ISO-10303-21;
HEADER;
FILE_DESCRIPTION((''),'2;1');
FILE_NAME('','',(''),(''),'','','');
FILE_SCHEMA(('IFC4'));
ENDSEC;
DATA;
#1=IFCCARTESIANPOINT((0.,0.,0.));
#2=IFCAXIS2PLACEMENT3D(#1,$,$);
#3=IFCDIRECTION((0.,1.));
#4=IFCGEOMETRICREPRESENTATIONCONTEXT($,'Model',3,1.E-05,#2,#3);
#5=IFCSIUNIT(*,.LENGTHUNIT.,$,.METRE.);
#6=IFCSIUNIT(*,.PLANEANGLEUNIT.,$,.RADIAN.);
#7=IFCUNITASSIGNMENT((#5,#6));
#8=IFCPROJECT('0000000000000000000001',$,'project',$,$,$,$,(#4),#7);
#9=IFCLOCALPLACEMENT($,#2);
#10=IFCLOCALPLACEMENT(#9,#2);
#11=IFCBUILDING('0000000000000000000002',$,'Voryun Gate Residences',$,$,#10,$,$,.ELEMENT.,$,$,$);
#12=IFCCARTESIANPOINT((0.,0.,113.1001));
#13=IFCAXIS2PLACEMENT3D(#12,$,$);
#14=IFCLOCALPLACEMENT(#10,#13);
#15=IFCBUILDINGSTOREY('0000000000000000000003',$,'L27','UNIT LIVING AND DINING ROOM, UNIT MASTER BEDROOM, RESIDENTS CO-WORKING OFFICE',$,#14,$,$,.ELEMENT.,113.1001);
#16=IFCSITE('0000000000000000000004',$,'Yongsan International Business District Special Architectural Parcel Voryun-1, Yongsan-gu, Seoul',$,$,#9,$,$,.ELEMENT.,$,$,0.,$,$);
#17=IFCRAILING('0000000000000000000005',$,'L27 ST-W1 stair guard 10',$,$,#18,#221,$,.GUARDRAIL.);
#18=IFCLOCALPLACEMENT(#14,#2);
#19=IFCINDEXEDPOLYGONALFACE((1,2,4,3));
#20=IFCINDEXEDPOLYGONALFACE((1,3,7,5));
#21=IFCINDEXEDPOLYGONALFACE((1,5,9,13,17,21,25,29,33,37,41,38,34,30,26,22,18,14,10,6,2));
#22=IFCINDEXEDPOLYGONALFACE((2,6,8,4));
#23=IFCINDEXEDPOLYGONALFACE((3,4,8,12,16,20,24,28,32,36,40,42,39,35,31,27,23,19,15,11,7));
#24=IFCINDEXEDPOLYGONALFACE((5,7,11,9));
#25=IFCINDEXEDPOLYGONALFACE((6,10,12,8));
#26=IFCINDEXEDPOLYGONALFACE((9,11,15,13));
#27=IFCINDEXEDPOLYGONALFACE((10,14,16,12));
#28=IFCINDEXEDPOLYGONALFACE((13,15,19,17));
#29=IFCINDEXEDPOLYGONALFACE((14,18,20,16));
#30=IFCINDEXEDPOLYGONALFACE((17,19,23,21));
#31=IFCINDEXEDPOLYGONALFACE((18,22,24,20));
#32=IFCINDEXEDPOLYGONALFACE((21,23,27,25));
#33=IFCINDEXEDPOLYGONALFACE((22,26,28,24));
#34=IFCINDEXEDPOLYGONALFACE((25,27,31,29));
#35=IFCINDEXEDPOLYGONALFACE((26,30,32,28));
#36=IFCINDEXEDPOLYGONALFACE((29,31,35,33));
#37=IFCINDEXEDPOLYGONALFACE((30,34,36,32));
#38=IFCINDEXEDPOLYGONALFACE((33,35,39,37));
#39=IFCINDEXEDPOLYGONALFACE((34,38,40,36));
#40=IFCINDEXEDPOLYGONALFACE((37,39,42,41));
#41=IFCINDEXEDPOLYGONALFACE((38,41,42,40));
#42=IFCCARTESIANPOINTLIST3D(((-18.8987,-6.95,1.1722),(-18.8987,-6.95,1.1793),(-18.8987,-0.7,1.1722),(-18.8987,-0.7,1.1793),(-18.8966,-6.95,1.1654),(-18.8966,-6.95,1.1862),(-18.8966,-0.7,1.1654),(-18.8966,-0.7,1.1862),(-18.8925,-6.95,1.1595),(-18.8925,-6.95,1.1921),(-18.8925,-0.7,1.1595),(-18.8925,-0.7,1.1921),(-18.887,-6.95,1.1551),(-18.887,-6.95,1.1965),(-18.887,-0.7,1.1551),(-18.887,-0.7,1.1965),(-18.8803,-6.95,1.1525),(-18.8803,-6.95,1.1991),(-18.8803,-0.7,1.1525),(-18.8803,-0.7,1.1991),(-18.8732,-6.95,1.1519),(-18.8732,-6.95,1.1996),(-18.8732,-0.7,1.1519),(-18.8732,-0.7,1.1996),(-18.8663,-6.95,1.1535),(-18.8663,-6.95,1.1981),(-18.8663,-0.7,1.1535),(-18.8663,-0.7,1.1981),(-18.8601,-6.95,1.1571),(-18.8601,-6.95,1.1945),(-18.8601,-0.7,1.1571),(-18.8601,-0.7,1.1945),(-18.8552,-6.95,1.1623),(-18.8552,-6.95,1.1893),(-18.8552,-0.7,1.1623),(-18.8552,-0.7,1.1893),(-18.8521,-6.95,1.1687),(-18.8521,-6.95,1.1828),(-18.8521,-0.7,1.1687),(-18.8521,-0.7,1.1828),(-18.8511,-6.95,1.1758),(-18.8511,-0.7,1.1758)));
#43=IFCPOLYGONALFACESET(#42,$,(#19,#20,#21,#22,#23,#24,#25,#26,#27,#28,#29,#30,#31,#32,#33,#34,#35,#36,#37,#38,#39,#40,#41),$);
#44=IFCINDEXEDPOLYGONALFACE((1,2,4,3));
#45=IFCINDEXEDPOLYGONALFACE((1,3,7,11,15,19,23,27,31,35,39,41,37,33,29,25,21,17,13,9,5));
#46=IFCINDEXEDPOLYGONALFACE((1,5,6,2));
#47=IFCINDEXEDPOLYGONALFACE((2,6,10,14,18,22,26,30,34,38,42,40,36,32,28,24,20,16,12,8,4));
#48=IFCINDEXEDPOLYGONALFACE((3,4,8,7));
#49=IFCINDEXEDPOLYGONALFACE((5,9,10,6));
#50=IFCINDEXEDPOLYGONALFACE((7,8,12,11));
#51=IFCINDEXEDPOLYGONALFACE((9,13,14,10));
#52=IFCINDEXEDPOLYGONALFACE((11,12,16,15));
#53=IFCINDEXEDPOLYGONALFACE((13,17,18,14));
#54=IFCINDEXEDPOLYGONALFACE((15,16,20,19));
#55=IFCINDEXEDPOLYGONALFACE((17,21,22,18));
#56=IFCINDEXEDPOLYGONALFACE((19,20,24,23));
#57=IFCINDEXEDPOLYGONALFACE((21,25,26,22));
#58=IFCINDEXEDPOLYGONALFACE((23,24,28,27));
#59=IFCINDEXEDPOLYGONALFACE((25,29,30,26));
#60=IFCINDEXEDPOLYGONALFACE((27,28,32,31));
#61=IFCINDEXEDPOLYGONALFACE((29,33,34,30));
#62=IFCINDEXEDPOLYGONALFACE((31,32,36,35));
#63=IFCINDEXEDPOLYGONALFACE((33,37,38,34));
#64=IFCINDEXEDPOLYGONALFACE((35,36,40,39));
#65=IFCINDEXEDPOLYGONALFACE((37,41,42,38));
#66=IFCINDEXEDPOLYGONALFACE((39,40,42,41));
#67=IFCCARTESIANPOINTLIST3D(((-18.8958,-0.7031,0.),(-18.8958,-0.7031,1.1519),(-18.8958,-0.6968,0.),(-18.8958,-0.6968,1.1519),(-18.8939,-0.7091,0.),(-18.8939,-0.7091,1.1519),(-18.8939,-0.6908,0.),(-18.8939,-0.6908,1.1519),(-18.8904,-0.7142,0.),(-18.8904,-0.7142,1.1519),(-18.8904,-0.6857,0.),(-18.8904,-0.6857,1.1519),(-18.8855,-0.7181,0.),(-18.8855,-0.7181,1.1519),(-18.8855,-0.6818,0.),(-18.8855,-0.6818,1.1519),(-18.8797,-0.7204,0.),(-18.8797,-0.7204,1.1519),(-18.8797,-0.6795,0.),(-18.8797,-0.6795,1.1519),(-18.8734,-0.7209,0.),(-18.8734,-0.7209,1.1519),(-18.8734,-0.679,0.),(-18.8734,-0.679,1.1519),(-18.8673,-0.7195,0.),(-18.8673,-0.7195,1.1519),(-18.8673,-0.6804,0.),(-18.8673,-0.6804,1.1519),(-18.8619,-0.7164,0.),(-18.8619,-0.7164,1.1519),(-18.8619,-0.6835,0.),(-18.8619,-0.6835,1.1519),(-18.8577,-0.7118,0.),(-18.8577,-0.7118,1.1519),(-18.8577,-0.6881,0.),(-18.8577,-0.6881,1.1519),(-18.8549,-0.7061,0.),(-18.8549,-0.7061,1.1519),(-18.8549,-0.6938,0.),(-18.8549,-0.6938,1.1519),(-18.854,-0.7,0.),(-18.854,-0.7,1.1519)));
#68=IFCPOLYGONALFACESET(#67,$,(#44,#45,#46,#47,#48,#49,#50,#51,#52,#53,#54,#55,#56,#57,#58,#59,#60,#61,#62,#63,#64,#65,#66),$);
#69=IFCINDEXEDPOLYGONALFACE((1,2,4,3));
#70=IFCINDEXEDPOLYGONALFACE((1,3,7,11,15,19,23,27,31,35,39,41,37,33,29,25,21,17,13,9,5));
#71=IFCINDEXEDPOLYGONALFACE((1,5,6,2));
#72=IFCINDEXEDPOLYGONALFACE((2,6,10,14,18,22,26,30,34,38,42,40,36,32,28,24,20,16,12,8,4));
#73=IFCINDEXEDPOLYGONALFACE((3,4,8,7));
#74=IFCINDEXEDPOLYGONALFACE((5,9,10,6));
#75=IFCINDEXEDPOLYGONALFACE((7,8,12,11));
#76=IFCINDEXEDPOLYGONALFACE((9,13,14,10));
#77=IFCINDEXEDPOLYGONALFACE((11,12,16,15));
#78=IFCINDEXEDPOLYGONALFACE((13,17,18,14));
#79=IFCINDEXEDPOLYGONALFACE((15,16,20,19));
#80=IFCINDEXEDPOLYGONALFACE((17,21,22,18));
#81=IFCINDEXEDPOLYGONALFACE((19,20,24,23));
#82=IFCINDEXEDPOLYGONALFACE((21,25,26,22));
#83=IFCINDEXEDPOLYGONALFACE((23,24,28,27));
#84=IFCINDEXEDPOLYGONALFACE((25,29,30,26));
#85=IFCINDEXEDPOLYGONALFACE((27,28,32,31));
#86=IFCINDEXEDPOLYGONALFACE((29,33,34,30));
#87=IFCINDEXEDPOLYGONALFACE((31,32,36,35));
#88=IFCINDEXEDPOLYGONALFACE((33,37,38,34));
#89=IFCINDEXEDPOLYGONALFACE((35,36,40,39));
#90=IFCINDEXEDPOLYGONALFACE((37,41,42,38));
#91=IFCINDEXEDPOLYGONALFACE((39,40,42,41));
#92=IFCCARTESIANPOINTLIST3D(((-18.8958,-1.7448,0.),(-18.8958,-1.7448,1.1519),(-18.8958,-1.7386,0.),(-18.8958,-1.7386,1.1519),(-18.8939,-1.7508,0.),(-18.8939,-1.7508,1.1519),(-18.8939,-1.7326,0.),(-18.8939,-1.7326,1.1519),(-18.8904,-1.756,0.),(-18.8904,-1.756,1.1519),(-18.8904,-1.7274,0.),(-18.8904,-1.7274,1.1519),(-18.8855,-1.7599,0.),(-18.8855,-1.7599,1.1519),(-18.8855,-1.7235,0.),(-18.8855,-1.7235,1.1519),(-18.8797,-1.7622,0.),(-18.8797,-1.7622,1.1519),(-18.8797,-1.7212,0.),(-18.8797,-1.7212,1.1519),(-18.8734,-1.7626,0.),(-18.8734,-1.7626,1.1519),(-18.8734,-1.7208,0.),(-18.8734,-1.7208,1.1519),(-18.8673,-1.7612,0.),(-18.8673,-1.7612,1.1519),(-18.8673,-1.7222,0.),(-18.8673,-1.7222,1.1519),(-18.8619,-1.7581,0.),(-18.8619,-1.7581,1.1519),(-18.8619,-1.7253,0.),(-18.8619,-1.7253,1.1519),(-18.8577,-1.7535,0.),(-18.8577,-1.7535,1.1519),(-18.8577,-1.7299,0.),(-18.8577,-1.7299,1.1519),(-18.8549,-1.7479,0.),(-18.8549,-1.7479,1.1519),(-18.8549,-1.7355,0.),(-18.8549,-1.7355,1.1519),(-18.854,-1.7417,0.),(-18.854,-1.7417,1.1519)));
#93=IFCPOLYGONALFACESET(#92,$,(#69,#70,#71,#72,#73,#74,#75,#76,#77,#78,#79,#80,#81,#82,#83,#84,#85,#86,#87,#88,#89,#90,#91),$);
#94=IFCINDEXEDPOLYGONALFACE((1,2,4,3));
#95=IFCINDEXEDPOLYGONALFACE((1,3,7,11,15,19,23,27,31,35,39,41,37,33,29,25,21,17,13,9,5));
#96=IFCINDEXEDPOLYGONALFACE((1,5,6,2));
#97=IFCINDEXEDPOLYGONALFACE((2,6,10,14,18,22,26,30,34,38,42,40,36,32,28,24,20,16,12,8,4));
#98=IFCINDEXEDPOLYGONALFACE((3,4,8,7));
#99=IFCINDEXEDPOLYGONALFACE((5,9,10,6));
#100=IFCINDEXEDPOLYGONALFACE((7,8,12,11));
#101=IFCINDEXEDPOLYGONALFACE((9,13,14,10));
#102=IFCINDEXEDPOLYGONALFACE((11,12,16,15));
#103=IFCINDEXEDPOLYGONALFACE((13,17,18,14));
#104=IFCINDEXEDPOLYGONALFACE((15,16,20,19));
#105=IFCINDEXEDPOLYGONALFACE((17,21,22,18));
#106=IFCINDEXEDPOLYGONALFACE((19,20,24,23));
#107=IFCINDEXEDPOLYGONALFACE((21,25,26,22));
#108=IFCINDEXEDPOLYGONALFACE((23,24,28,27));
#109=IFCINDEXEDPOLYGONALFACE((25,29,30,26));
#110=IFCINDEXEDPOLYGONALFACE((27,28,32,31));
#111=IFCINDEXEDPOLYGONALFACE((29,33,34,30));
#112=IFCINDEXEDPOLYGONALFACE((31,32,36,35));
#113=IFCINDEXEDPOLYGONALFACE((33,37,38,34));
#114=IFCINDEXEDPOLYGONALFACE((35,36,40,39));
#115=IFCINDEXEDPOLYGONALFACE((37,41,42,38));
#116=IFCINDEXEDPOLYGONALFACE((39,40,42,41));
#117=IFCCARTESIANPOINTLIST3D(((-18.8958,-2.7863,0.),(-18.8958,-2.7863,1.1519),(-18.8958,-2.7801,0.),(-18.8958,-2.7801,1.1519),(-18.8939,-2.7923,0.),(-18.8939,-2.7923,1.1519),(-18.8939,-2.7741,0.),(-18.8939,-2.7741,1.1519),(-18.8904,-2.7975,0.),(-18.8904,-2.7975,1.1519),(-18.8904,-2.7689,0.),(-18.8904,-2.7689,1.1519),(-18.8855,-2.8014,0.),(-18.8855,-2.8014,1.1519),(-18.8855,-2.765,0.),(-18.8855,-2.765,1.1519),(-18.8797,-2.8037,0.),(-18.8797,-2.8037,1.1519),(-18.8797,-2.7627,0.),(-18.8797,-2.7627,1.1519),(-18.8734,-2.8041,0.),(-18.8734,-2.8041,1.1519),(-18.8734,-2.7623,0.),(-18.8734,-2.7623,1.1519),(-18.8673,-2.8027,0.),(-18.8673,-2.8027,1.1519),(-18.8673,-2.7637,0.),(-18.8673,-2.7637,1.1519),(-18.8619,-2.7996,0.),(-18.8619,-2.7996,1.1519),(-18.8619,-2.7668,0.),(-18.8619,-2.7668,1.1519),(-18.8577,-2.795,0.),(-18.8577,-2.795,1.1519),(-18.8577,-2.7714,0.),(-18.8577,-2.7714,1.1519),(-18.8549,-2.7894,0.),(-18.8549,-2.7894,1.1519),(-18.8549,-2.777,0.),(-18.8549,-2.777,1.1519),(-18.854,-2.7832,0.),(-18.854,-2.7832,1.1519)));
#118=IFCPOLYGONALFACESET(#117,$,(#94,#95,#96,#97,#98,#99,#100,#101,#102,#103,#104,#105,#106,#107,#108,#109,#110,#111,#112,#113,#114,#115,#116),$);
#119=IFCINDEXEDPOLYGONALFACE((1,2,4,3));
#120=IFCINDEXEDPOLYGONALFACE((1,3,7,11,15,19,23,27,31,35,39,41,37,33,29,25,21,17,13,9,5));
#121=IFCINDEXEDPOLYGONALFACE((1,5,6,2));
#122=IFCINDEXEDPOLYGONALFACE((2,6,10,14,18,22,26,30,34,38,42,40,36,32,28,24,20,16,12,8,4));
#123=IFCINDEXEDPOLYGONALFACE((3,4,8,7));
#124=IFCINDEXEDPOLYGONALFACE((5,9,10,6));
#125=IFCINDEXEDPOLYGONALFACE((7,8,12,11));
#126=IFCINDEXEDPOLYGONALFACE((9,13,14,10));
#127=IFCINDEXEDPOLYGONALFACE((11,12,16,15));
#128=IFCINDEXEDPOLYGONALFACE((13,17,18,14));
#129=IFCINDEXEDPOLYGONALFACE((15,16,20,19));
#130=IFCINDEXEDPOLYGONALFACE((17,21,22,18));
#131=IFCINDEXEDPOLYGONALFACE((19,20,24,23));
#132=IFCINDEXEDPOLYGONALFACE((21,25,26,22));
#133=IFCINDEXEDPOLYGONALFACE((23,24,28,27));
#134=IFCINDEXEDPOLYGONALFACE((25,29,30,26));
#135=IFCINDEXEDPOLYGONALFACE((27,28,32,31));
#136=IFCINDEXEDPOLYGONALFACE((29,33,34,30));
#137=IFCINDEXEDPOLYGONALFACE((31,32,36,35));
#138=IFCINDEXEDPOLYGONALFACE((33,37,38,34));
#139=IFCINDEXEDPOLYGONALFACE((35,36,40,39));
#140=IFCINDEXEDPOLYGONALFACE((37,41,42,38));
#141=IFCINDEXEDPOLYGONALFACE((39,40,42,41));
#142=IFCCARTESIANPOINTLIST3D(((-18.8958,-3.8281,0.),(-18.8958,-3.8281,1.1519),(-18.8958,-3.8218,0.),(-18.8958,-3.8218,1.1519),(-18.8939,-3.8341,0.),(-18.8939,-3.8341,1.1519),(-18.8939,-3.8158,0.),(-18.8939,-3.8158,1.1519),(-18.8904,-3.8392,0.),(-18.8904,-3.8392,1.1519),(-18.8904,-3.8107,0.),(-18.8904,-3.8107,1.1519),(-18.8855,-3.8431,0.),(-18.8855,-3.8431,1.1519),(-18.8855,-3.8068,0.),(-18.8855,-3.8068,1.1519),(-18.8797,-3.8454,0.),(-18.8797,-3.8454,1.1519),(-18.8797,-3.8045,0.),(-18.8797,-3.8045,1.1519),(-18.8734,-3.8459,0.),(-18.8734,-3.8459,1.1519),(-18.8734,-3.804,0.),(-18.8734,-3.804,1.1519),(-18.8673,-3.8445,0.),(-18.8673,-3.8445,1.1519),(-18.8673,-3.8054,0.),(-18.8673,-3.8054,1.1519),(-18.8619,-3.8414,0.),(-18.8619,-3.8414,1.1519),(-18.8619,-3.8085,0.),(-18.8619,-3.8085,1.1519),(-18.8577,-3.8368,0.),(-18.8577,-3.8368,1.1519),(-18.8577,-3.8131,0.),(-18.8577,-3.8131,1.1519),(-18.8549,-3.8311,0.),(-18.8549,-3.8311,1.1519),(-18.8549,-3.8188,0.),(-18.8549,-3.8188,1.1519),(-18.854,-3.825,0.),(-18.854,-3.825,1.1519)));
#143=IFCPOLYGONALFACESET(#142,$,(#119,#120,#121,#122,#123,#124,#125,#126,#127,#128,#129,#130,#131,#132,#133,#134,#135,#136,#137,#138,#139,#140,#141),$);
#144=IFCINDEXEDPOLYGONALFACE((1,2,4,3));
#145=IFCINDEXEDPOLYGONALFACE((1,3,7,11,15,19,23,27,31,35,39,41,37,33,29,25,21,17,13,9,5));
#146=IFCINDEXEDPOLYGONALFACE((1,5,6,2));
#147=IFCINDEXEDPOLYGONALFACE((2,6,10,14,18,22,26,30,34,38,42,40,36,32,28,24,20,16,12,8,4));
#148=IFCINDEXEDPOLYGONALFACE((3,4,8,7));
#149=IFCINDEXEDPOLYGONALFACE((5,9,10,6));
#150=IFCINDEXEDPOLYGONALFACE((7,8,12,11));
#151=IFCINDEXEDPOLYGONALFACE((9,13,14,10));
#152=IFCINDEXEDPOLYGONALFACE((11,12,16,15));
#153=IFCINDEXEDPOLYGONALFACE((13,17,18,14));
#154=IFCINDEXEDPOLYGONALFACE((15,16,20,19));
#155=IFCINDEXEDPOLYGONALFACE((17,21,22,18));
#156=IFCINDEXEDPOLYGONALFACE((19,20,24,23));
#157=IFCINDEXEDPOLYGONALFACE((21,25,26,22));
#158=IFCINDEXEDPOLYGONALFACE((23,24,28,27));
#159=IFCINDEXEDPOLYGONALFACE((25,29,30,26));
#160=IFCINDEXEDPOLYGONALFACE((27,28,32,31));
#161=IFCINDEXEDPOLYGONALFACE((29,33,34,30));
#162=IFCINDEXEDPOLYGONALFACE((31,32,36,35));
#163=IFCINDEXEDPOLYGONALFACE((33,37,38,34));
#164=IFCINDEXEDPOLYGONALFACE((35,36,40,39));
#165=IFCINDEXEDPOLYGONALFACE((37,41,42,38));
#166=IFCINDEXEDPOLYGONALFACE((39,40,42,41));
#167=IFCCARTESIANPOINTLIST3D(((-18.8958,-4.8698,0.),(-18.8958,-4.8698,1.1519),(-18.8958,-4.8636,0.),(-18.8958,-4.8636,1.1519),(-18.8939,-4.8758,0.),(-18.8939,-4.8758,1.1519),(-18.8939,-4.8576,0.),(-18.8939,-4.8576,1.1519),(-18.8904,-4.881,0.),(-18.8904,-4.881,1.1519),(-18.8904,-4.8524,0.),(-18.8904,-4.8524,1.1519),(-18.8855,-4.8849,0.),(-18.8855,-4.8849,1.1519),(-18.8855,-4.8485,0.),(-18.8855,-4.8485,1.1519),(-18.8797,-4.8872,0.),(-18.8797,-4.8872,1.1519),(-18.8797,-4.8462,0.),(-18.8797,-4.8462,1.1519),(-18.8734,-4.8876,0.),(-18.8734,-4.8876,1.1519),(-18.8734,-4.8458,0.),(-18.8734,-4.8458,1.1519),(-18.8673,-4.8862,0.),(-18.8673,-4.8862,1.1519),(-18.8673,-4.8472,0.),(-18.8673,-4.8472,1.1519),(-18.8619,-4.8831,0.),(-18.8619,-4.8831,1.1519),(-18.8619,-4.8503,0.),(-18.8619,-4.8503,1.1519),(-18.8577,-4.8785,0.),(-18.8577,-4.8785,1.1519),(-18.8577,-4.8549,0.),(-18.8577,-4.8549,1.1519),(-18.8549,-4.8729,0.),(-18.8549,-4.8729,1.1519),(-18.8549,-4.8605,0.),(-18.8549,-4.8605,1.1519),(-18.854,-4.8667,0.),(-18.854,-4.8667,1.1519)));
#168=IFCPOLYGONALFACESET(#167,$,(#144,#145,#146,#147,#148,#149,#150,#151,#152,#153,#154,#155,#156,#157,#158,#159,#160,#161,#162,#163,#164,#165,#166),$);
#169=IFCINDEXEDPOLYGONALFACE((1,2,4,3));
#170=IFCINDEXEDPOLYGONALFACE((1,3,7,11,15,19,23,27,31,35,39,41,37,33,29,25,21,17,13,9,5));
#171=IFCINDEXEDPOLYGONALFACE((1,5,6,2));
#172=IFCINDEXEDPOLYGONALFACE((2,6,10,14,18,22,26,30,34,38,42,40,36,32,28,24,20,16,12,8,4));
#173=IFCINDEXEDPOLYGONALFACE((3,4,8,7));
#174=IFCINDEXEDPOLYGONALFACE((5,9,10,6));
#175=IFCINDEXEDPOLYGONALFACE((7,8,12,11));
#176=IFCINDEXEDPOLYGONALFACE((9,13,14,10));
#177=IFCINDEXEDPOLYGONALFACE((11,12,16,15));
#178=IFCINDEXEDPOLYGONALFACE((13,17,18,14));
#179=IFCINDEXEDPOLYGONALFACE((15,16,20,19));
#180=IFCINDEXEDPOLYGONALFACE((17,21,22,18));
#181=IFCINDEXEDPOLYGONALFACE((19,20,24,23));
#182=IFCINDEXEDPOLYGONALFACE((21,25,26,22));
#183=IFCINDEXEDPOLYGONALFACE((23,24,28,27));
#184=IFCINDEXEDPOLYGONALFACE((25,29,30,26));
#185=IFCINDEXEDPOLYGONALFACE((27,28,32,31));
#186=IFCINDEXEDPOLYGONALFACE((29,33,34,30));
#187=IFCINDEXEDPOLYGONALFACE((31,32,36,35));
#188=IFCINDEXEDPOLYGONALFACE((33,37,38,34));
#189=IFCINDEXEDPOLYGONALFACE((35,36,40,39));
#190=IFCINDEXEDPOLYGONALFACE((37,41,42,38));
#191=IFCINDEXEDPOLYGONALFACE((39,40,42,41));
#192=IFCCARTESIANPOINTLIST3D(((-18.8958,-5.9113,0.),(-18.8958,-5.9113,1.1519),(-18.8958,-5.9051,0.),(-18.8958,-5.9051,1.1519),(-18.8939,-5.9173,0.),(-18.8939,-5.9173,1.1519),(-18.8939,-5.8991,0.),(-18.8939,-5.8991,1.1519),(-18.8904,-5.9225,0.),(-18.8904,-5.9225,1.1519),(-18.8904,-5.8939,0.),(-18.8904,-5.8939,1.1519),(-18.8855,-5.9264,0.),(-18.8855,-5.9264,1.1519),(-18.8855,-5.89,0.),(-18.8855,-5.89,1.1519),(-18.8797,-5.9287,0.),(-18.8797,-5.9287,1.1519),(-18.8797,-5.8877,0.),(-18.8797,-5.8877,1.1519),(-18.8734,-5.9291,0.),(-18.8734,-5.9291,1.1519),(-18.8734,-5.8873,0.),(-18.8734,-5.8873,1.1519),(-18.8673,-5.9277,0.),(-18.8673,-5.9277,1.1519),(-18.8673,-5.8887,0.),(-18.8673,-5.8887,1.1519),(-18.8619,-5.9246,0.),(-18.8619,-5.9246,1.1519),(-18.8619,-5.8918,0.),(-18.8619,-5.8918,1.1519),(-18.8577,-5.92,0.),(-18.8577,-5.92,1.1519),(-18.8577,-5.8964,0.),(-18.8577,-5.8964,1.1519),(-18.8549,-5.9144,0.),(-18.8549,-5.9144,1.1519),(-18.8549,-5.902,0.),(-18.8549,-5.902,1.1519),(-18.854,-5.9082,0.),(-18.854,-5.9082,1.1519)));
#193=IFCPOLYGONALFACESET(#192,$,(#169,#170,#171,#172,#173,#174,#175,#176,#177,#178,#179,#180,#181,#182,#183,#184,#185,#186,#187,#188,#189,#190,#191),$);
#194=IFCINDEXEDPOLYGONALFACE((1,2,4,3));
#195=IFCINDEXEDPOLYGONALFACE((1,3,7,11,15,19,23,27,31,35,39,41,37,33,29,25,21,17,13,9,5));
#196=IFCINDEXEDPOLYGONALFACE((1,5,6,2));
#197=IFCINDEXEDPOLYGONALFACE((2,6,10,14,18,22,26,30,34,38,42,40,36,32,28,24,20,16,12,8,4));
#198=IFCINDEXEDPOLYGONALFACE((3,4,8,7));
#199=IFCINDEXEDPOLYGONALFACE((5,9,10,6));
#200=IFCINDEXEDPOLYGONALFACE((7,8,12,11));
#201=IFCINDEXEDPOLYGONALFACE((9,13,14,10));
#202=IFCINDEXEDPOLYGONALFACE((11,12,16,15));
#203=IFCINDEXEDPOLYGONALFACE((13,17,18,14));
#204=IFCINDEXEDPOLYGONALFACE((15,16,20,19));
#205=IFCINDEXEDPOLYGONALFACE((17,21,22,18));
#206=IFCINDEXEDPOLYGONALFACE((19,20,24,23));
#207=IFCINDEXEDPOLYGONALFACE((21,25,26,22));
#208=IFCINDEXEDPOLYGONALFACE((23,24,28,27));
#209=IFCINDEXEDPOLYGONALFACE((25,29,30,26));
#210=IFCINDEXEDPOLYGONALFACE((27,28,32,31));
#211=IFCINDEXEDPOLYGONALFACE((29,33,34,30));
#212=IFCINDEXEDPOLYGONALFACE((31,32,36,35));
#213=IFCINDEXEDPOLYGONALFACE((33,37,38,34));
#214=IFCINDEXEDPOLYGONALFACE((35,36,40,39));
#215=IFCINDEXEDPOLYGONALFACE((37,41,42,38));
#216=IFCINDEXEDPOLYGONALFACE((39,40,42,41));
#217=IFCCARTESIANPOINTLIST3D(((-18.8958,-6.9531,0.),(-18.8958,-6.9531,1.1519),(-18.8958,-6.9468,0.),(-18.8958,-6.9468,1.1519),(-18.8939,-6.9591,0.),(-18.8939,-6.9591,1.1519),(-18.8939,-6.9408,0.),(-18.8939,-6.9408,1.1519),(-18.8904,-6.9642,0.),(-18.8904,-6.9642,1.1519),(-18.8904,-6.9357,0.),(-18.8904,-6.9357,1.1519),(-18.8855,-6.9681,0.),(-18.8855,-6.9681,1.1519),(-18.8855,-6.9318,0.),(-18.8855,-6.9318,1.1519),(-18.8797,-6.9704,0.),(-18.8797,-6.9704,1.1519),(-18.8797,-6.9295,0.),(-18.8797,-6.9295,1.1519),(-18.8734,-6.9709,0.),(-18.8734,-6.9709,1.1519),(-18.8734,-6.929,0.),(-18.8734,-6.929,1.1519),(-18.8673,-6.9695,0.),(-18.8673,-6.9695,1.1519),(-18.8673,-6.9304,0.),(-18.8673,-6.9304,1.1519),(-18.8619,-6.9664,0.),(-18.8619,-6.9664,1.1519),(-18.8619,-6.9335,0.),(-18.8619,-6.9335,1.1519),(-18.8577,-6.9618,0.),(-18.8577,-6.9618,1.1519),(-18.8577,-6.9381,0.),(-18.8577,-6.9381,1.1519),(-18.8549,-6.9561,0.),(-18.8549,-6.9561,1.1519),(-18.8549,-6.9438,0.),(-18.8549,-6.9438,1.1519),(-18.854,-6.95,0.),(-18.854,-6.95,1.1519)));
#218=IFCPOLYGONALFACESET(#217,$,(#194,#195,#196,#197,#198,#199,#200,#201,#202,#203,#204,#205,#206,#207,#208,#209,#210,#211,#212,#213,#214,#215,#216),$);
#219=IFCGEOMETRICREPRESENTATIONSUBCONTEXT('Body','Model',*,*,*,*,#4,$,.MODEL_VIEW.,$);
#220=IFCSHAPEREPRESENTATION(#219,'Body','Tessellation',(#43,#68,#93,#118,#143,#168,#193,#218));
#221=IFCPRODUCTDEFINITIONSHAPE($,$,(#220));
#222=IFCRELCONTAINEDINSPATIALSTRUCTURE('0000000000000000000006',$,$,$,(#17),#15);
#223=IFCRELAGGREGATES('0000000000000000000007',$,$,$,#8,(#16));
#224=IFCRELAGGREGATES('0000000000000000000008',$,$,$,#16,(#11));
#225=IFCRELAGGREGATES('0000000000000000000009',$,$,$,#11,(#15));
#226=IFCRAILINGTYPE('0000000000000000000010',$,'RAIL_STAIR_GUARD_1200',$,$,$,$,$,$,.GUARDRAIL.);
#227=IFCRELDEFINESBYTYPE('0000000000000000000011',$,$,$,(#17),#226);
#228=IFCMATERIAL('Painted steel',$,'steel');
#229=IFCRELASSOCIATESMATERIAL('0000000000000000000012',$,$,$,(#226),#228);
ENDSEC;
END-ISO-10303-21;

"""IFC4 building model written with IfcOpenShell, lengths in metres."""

from ifc_helpers import new_model, si_unit, direction, frame, origin, origin_2d, place, context, subcontext, project, spatial, circle, extrude, material, type_object, element, save


model = new_model("IFC4")

# Units and contexts
model_context = context("Model", 3, precision=1e-05, world=origin(), true_north=direction((0.0, 1.0)))
body_context = subcontext(model_context, "Body", "Model", "MODEL_VIEW")
ifc_project = project(units=[si_unit("LENGTHUNIT", "METRE"), si_unit("PLANEANGLEUNIT", "RADIAN")], contexts=[model_context])

# Site, building, storey
site_placement = place(None, origin())
site = spatial("IfcSite", under=ifc_project, at=site_placement, Name="Yongsan International Business District Special Architectural Parcel Voryun-1, Yongsan-gu, Seoul", CompositionType="ELEMENT", RefElevation=0.0)
building_placement = place(site_placement, origin())
building = spatial("IfcBuilding", under=site, at=building_placement, Name="Voryun Gate Residences", CompositionType="ELEMENT")
storey_placement = place(building_placement, frame((0.0, 0.0, 113.1001)))
storey = spatial("IfcBuildingStorey", under=building, at=storey_placement, Name="L27", Description="UNIT LIVING AND DINING ROOM, UNIT MASTER BEDROOM, RESIDENTS CO-WORKING OFFICE", CompositionType="ELEMENT", Elevation=113.1001)

# Railing
ifc_material_1 = material(Name="Painted steel", Category="steel")
railing_type = type_object("IfcRailingType", Name="RAIL_STAIR_GUARD_1200", PredefinedType="GUARDRAIL", material=ifc_material_1)
railing_1_placement = place(storey_placement, frame((-18.875, -0.7, 0.0)))
element("IfcRailing", 1, at=railing_1_placement, inside=storey, type_object=railing_type, Name="L27 ST-W1 stair guard 10", PredefinedType="GUARDRAIL", context=body_context, shape_type="SweptSolid", body=[
    extrude(circle(Radius=0.0239, at=origin_2d()), frame((0.0, 0.0, 1.1758), z_axis=(0.0, -1.0, 0.0), x_axis=(1.0, 0.0, 0.0)), (0.0, 0.0, 1.0), 6.25),
    extrude(circle(Radius=0.021, at=origin_2d()), origin(), (0.0, 0.0, 1.0), 1.1519),
    extrude(circle(Radius=0.021, at=origin_2d()), frame((0.0, -1.0417, 0.0)), (0.0, 0.0, 1.0), 1.1519),
    extrude(circle(Radius=0.021, at=origin_2d()), frame((0.0, -2.0833, 0.0)), (0.0, 0.0, 1.0), 1.1519),
    extrude(circle(Radius=0.021, at=origin_2d()), frame((0.0, -3.125, 0.0)), (0.0, 0.0, 1.0), 1.1519),
    extrude(circle(Radius=0.021, at=origin_2d()), frame((0.0, -4.1667, 0.0)), (0.0, 0.0, 1.0), 1.1519),
    extrude(circle(Radius=0.021, at=origin_2d()), frame((0.0, -5.2083, 0.0)), (0.0, 0.0, 1.0), 1.1519),
    extrude(circle(Radius=0.021, at=origin_2d()), frame((0.0, -6.25, 0.0)), (0.0, 0.0, 1.0), 1.1519),
])

save(model, "model.ifc")
